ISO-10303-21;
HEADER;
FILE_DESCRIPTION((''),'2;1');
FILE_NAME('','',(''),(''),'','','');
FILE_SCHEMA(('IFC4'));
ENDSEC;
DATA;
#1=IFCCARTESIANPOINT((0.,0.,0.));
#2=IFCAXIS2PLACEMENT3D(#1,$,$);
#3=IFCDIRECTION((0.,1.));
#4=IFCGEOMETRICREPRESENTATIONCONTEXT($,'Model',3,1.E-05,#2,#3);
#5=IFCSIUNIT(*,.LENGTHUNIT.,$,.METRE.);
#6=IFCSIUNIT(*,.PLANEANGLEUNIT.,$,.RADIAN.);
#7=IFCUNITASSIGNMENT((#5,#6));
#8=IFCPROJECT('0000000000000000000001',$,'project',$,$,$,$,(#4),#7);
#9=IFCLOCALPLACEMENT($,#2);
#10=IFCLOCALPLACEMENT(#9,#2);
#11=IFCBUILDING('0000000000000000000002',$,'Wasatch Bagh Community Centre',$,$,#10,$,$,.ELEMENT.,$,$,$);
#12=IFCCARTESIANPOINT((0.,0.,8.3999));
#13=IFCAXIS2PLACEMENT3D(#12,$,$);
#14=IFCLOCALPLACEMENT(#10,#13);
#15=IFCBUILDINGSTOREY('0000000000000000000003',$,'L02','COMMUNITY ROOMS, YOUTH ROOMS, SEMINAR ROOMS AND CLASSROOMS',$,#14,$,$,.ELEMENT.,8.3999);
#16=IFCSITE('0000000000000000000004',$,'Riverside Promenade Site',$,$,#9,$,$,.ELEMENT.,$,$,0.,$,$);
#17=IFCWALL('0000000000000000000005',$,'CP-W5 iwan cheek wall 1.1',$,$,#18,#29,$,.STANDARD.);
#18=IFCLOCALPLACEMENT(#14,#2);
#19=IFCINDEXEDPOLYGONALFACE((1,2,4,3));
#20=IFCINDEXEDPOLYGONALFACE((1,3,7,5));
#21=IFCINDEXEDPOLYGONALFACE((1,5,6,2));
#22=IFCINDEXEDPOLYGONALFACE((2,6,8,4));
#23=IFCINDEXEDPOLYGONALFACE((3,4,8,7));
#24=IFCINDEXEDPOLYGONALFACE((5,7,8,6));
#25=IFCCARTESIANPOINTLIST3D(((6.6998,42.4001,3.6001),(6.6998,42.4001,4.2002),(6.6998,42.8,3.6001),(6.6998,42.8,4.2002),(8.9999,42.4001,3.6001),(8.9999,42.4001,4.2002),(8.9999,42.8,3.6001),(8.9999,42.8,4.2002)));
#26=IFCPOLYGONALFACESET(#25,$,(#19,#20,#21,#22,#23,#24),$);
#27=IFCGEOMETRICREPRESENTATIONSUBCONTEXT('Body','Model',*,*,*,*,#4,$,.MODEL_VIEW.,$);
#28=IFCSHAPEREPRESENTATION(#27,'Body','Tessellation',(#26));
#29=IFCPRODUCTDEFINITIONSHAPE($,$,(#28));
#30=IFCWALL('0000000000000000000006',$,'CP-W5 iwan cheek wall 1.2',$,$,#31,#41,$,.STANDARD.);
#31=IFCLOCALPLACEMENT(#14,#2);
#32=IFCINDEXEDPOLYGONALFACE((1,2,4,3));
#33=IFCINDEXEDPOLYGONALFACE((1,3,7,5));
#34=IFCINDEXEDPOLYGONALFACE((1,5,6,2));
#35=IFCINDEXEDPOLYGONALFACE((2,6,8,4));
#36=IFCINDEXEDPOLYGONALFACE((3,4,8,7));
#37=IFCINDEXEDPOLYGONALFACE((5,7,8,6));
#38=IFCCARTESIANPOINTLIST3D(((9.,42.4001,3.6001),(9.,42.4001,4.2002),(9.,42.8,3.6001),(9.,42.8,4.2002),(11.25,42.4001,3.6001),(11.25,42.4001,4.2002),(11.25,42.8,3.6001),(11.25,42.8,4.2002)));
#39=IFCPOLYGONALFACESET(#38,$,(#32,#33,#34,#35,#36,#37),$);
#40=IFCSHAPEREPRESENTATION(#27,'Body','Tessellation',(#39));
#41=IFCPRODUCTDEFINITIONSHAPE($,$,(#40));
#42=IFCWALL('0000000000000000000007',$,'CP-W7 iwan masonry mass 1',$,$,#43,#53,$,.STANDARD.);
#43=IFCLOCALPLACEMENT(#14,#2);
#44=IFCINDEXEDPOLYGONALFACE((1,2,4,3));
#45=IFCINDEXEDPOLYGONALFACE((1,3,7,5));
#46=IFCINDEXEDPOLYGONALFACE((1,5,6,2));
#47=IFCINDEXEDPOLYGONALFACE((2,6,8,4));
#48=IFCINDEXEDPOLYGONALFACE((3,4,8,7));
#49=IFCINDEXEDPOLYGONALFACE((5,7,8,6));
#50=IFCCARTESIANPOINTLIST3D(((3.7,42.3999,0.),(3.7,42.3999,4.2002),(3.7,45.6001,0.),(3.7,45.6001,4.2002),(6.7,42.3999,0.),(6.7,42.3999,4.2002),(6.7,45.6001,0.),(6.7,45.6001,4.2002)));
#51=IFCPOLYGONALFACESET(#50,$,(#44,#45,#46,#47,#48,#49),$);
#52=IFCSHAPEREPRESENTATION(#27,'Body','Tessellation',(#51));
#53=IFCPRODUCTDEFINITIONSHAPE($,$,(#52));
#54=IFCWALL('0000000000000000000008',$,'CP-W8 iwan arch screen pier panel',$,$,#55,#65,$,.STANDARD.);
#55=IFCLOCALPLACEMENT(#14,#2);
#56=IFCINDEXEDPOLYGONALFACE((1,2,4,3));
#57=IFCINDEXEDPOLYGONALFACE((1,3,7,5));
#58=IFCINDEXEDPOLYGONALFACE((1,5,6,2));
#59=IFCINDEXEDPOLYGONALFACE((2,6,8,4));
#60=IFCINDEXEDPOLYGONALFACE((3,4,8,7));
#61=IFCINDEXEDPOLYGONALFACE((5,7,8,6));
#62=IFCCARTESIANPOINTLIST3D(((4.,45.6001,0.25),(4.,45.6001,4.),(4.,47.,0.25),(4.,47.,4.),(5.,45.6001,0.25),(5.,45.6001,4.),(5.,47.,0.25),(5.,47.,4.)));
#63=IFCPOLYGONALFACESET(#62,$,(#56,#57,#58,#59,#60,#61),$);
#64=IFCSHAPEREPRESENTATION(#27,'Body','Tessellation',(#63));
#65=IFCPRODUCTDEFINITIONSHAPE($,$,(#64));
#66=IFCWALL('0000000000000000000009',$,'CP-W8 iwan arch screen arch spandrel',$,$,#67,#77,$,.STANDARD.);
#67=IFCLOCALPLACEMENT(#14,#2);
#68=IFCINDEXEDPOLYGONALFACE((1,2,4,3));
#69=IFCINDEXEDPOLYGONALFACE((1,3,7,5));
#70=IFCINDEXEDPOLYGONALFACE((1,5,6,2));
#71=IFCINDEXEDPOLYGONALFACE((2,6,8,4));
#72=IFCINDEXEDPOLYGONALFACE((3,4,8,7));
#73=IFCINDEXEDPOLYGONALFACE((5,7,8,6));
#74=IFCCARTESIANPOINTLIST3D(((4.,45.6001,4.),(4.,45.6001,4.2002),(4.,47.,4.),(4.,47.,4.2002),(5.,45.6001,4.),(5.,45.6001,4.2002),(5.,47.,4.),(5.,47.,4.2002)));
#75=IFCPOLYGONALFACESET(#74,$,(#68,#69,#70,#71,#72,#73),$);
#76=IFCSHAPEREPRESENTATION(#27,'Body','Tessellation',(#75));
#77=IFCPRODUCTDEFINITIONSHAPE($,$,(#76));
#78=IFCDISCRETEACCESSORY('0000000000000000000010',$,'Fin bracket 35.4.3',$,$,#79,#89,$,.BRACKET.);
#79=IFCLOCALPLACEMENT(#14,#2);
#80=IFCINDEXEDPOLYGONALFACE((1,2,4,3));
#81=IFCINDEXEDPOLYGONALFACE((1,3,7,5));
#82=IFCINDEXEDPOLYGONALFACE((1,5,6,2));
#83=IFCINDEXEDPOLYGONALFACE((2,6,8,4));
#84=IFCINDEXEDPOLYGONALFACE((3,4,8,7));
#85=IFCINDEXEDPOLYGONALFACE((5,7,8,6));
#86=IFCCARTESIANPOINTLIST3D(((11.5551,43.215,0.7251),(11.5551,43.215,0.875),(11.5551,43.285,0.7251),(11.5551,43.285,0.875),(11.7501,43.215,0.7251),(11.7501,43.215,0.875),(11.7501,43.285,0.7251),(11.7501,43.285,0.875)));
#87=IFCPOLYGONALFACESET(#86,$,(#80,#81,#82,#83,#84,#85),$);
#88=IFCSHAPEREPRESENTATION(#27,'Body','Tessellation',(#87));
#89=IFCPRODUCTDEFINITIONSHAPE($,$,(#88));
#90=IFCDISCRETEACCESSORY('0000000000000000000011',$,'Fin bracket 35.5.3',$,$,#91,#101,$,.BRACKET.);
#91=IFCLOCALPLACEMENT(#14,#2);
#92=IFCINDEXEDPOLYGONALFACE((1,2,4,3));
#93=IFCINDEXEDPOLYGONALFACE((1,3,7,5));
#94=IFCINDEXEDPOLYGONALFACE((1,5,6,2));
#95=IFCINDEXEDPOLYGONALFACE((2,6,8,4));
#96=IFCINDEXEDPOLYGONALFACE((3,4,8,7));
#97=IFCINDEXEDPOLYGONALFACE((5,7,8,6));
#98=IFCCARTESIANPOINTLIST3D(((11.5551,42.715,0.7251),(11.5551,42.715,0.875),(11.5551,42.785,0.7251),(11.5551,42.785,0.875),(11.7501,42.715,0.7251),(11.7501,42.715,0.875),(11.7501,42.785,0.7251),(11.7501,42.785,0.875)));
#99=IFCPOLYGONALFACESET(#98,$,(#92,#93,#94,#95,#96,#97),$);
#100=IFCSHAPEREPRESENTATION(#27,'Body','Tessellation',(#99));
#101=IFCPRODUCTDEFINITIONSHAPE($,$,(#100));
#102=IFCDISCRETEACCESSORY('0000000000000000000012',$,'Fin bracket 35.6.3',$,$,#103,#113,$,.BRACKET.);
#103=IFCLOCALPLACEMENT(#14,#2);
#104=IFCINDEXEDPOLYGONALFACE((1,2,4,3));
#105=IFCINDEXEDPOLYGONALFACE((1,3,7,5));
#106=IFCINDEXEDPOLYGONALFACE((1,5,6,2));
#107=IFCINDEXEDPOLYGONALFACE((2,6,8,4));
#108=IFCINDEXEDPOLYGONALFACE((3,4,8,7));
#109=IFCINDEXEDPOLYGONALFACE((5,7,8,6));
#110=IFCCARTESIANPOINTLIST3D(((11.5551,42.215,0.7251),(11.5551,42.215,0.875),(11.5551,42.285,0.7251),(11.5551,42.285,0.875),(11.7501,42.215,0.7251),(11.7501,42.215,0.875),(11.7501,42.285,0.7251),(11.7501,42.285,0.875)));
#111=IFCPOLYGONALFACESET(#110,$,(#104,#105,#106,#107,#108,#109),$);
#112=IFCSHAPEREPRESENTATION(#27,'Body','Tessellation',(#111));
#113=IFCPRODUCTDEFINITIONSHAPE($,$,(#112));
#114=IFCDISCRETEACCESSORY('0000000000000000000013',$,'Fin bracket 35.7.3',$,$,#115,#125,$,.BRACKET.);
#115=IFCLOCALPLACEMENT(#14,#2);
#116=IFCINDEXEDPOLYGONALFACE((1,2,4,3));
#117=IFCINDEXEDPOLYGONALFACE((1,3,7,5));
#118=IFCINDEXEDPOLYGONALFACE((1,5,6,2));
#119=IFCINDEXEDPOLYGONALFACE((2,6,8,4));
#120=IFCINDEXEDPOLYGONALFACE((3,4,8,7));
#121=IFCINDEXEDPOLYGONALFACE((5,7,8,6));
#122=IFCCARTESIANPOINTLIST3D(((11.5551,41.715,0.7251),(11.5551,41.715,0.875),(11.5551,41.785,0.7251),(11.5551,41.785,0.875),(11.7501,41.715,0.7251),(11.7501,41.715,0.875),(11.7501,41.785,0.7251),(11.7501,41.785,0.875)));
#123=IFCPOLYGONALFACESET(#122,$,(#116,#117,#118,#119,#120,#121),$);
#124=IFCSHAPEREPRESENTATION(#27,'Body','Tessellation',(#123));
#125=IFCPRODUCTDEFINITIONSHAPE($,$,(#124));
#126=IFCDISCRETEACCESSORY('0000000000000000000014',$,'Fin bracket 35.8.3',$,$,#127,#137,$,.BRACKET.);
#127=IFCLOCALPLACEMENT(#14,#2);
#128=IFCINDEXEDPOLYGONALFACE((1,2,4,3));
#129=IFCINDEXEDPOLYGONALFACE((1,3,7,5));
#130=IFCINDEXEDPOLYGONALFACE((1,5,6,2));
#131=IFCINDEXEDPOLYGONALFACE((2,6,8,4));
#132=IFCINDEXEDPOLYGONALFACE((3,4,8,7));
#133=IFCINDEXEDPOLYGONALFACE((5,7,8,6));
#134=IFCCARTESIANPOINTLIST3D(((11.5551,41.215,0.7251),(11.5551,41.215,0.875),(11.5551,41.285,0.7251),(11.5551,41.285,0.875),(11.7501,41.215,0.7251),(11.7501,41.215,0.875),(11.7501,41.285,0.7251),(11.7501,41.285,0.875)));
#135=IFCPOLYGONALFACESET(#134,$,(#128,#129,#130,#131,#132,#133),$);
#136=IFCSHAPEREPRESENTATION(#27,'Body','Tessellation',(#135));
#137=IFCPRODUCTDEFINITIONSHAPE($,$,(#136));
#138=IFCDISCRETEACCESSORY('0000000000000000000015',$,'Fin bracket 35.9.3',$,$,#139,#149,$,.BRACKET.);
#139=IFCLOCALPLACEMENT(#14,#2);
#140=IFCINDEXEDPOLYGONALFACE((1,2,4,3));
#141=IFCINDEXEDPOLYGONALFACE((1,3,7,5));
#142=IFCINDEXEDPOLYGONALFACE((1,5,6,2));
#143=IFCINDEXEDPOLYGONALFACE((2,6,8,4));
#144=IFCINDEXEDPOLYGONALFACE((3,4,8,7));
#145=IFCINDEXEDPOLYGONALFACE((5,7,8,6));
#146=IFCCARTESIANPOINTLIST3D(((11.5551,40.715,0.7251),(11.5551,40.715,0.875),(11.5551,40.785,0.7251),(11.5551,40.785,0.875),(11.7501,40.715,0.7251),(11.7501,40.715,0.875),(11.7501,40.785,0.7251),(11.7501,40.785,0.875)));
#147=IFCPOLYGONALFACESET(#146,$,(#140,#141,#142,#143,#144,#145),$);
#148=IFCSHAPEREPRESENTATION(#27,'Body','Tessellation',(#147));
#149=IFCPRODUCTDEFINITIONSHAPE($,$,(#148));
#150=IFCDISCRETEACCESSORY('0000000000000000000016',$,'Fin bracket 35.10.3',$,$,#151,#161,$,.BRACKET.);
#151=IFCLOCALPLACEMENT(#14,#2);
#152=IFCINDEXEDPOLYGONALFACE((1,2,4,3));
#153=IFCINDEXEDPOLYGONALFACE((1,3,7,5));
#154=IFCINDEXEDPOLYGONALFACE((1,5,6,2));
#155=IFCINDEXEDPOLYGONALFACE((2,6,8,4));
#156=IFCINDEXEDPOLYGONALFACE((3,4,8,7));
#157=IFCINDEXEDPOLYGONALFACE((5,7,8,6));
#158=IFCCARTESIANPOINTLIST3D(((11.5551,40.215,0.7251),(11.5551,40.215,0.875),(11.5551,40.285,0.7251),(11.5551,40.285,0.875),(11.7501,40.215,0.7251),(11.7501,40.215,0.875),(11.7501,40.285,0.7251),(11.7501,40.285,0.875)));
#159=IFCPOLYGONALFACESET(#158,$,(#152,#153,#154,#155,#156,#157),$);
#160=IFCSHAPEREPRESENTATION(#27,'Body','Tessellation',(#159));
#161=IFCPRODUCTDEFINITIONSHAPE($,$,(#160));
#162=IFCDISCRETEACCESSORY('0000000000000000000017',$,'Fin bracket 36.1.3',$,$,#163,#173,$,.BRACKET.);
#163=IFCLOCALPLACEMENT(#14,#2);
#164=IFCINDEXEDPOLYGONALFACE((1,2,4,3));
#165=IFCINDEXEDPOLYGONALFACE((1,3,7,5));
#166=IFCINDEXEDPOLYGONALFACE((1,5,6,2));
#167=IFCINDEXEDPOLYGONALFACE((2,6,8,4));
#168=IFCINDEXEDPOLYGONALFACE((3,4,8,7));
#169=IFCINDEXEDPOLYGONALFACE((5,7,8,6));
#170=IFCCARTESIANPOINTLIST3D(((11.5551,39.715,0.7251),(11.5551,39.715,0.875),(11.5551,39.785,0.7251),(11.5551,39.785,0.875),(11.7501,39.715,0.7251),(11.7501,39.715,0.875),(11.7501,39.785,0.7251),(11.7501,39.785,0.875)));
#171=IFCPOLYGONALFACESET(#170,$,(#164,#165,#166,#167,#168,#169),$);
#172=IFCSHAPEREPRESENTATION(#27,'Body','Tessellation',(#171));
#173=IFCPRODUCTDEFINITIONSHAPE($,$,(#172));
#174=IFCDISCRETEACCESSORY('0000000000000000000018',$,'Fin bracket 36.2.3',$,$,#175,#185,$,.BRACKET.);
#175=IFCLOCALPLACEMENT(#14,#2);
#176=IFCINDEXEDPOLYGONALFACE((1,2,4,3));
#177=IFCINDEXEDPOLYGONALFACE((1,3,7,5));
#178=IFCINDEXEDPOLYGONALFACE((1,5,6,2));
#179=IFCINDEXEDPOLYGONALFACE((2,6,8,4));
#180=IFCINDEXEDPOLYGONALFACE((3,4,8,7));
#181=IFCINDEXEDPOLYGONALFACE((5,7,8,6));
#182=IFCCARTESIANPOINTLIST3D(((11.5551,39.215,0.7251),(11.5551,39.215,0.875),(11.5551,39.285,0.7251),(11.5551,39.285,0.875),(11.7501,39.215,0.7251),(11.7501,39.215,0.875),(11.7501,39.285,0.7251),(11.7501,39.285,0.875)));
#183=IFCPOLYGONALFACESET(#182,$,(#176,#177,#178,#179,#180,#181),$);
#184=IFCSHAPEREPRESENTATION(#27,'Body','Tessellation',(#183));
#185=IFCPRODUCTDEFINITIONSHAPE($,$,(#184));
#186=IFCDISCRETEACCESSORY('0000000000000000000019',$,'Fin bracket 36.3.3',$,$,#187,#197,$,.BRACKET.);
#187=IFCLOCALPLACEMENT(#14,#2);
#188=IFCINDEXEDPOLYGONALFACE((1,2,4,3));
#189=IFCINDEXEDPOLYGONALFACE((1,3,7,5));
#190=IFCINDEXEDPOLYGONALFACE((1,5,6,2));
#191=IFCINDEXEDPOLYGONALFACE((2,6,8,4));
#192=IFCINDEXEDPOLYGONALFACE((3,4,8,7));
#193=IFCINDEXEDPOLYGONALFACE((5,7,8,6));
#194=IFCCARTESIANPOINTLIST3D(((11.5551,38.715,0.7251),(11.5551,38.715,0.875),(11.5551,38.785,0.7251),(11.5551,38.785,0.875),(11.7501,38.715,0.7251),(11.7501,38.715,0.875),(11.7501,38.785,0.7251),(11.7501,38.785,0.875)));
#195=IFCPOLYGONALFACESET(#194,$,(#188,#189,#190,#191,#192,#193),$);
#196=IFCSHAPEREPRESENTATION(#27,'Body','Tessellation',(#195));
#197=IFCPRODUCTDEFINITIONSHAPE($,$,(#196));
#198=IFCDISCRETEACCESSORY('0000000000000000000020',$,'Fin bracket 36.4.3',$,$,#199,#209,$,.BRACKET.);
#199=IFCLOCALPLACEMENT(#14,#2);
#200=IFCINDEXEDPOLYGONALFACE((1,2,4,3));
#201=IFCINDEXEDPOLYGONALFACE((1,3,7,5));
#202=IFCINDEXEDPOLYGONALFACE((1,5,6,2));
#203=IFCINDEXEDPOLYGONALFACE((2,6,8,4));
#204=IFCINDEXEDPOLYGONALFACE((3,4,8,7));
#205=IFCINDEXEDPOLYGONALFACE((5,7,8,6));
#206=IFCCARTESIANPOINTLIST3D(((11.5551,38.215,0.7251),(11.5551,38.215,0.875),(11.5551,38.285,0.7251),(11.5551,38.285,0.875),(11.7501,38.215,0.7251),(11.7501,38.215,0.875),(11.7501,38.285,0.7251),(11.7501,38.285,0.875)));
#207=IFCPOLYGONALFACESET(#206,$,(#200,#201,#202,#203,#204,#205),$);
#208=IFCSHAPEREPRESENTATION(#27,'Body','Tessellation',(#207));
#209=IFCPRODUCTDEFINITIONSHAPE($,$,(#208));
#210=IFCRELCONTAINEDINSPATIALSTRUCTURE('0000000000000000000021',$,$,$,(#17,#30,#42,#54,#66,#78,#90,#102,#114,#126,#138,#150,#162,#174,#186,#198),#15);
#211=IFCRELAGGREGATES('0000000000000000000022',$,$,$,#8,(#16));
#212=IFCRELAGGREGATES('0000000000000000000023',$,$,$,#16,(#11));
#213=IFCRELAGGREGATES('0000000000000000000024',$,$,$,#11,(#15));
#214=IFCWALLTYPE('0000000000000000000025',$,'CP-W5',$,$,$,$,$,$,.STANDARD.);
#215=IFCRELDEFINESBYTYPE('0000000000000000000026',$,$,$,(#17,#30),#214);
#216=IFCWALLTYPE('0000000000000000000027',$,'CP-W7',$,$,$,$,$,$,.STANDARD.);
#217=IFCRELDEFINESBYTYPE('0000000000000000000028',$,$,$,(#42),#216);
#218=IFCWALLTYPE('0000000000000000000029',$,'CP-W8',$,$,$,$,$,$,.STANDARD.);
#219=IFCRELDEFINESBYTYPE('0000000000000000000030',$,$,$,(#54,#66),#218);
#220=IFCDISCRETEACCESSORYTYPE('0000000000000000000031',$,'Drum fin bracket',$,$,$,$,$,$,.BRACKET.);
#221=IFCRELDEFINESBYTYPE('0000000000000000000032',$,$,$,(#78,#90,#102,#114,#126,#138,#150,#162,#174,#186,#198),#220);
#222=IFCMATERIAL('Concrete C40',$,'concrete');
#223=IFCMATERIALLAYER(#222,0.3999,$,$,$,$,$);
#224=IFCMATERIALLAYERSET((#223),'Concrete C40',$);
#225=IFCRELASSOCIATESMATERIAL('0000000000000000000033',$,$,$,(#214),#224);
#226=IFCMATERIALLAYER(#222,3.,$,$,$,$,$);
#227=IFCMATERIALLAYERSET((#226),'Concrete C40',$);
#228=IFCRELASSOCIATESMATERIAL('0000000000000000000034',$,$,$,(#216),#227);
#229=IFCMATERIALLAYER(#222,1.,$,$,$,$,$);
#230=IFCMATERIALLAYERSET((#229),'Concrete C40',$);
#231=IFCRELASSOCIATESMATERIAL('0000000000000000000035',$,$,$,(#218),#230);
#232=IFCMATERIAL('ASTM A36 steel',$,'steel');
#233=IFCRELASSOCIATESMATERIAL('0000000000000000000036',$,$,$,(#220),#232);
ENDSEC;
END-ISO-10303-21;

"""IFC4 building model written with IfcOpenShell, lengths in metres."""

from ifc_helpers import new_model, si_unit, direction, frame, frame_2d, origin, origin_2d, place, context, subcontext, project, spatial, rectangle, extrude, material, layer, layer_set, type_object, element, save


model = new_model("IFC4")

# Units and contexts
model_context = context("Model", 3, precision=1e-05, world=origin(), true_north=direction((0.0, 1.0)))
body_context = subcontext(model_context, "Body", "Model", "MODEL_VIEW")
ifc_project = project(units=[si_unit("LENGTHUNIT", "METRE"), si_unit("PLANEANGLEUNIT", "RADIAN")], contexts=[model_context])

# Site, building, storey
site_placement = place(None, origin())
site = spatial("IfcSite", under=ifc_project, at=site_placement, Name="Riverside Promenade Site", CompositionType="ELEMENT", RefElevation=0.0)
building_placement = place(site_placement, origin())
building = spatial("IfcBuilding", under=site, at=building_placement, Name="Wasatch Bagh Community Centre", CompositionType="ELEMENT")
storey_placement = place(building_placement, frame((0.0, 0.0, 8.3999)))
storey = spatial("IfcBuildingStorey", under=building, at=storey_placement, Name="L02", Description="COMMUNITY ROOMS, YOUTH ROOMS, SEMINAR ROOMS AND CLASSROOMS", CompositionType="ELEMENT", Elevation=8.3999)

# Shared definitions
ifc_material_1 = material(Name="Concrete C40", Category="concrete")

# Walls
ifc_layer_1 = layer(ifc_material_1, 0.3999)
ifc_layer_set_1 = layer_set([ifc_layer_1], Name="Concrete C40")
wall_type_1 = type_object("IfcWallType", Name="CP-W5", PredefinedType="STANDARD", material=ifc_layer_set_1)
wall_1_placement = place(storey_placement, frame((6.7, 42.6001, 3.6001), z_axis=(0.0, 0.0, 1.0), x_axis=(1.0, 0.0, 0.0)))
element("IfcWall", 1, at=wall_1_placement, inside=storey, type_object=wall_type_1, Name="CP-W5 iwan cheek wall 1.1", PredefinedType="STANDARD", context=body_context, shape_type="SweptSolid", body=[
    extrude(rectangle(XDim=2.3, YDim=0.3999, at=frame_2d((1.1499, 0.0))), origin(), (0.0, 0.0, 1.0), 0.6001),
])
wall_2_placement = place(storey_placement, frame((9.0, 42.6001, 3.6001), z_axis=(0.0, 0.0, 1.0), x_axis=(1.0, 0.0, 0.0)))
element("IfcWall", 2, at=wall_2_placement, inside=storey, type_object=wall_type_1, Name="CP-W5 iwan cheek wall 1.2", PredefinedType="STANDARD", context=body_context, shape_type="SweptSolid", body=[
    extrude(rectangle(XDim=2.25, YDim=0.3999, at=frame_2d((1.125, 0.0))), origin(), (0.0, 0.0, 1.0), 0.6001),
])
ifc_layer_2 = layer(ifc_material_1, 3.0)
ifc_layer_set_2 = layer_set([ifc_layer_2], Name="Concrete C40")
wall_type_2 = type_object("IfcWallType", Name="CP-W7", PredefinedType="STANDARD", material=ifc_layer_set_2)
wall_3_placement = place(storey_placement, frame((5.2, 42.3999, 0.0), z_axis=(0.0, 0.0, 1.0), x_axis=(0.0, 1.0, 0.0)))
element("IfcWall", 3, at=wall_3_placement, inside=storey, type_object=wall_type_2, Name="CP-W7 iwan masonry mass 1", PredefinedType="STANDARD", context=body_context, shape_type="SweptSolid", body=[
    extrude(rectangle(XDim=3.2002, YDim=3.0, at=frame_2d((1.6001, 0.0))), origin(), (0.0, 0.0, 1.0), 4.2002),
])
ifc_layer_3 = layer(ifc_material_1, 1.0)
ifc_layer_set_3 = layer_set([ifc_layer_3], Name="Concrete C40")
wall_type_3 = type_object("IfcWallType", Name="CP-W8", PredefinedType="STANDARD", material=ifc_layer_set_3)
wall_4_placement = place(storey_placement, frame((4.5, 45.6001, 0.25), z_axis=(0.0, 0.0, 1.0), x_axis=(0.0, 1.0, 0.0)))
element("IfcWall", 4, at=wall_4_placement, inside=storey, type_object=wall_type_3, Name="CP-W8 iwan arch screen pier panel", PredefinedType="STANDARD", context=body_context, shape_type="SweptSolid", body=[
    extrude(rectangle(XDim=1.3999, YDim=1.0, at=frame_2d((0.7, 0.0))), origin(), (0.0, 0.0, 1.0), 3.75),
])
wall_5_placement = place(storey_placement, frame((4.5, 45.6001, 4.0), z_axis=(0.0, 0.0, 1.0), x_axis=(0.0, 1.0, 0.0)))
element("IfcWall", 5, at=wall_5_placement, inside=storey, type_object=wall_type_3, Name="CP-W8 iwan arch screen arch spandrel", PredefinedType="STANDARD", context=body_context, shape_type="SweptSolid", body=[
    extrude(rectangle(XDim=1.3999, YDim=1.0, at=frame_2d((0.7, 0.0))), origin(), (0.0, 0.0, 1.0), 0.2002),
])

# Discrete accessories
ifc_material_2 = material(Name="ASTM A36 steel", Category="steel")
discrete_accessory_type = type_object("IfcDiscreteAccessoryType", Name="Drum fin bracket", PredefinedType="BRACKET", material=ifc_material_2)
for number, where, z_axis, x_axis, name in (
    (6, (11.6526, 43.25, 0.7251), (0.0, 0.0, 1.0), (0.0, -1.0, 0.0), "Fin bracket 35.4.3"),
    (7, (11.6526, 42.75, 0.7251), (0.0, 0.0, 1.0), (0.0, -1.0, 0.0), "Fin bracket 35.5.3"),
    (8, (11.6526, 42.25, 0.7251), (0.0, 0.0, 1.0), (0.0, -1.0, 0.0), "Fin bracket 35.6.3"),
    (9, (11.6526, 41.75, 0.7251), (0.0, 0.0, 1.0), (0.0, -1.0, 0.0), "Fin bracket 35.7.3"),
    (10, (11.6526, 41.25, 0.7251), (0.0, 0.0, 1.0), (0.0, -1.0, 0.0), "Fin bracket 35.8.3"),
    (11, (11.6526, 40.75, 0.7251), (0.0, 0.0, 1.0), (0.0, -1.0, 0.0), "Fin bracket 35.9.3"),
    (12, (11.6526, 40.25, 0.7251), (0.0, 0.0, 1.0), (0.0, -1.0, 0.0), "Fin bracket 35.10.3"),
    (13, (11.6526, 39.75, 0.7251), (0.0, 0.0, 1.0), (0.0, -1.0, 0.0), "Fin bracket 36.1.3"),
    (14, (11.6526, 39.25, 0.7251), (0.0, 0.0, 1.0), (0.0, -1.0, 0.0), "Fin bracket 36.2.3"),
    (15, (11.6526, 38.75, 0.7251), (0.0, 0.0, 1.0), (0.0, -1.0, 0.0), "Fin bracket 36.3.3"),
    (16, (11.6526, 38.25, 0.7251), (0.0, 0.0, 1.0), (0.0, -1.0, 0.0), "Fin bracket 36.4.3"),
):
    element("IfcDiscreteAccessory", number, at=place(storey_placement, frame(where, z_axis=z_axis, x_axis=x_axis)), inside=storey, type_object=discrete_accessory_type, Name=name, PredefinedType="BRACKET", context=body_context, shape_type="SweptSolid", body=[
        extrude(rectangle(XDim=0.0701, YDim=0.1951, at=origin_2d()), origin(), (0.0, 0.0, 1.0), 0.1499),
    ])

save(model, "model.ifc")
